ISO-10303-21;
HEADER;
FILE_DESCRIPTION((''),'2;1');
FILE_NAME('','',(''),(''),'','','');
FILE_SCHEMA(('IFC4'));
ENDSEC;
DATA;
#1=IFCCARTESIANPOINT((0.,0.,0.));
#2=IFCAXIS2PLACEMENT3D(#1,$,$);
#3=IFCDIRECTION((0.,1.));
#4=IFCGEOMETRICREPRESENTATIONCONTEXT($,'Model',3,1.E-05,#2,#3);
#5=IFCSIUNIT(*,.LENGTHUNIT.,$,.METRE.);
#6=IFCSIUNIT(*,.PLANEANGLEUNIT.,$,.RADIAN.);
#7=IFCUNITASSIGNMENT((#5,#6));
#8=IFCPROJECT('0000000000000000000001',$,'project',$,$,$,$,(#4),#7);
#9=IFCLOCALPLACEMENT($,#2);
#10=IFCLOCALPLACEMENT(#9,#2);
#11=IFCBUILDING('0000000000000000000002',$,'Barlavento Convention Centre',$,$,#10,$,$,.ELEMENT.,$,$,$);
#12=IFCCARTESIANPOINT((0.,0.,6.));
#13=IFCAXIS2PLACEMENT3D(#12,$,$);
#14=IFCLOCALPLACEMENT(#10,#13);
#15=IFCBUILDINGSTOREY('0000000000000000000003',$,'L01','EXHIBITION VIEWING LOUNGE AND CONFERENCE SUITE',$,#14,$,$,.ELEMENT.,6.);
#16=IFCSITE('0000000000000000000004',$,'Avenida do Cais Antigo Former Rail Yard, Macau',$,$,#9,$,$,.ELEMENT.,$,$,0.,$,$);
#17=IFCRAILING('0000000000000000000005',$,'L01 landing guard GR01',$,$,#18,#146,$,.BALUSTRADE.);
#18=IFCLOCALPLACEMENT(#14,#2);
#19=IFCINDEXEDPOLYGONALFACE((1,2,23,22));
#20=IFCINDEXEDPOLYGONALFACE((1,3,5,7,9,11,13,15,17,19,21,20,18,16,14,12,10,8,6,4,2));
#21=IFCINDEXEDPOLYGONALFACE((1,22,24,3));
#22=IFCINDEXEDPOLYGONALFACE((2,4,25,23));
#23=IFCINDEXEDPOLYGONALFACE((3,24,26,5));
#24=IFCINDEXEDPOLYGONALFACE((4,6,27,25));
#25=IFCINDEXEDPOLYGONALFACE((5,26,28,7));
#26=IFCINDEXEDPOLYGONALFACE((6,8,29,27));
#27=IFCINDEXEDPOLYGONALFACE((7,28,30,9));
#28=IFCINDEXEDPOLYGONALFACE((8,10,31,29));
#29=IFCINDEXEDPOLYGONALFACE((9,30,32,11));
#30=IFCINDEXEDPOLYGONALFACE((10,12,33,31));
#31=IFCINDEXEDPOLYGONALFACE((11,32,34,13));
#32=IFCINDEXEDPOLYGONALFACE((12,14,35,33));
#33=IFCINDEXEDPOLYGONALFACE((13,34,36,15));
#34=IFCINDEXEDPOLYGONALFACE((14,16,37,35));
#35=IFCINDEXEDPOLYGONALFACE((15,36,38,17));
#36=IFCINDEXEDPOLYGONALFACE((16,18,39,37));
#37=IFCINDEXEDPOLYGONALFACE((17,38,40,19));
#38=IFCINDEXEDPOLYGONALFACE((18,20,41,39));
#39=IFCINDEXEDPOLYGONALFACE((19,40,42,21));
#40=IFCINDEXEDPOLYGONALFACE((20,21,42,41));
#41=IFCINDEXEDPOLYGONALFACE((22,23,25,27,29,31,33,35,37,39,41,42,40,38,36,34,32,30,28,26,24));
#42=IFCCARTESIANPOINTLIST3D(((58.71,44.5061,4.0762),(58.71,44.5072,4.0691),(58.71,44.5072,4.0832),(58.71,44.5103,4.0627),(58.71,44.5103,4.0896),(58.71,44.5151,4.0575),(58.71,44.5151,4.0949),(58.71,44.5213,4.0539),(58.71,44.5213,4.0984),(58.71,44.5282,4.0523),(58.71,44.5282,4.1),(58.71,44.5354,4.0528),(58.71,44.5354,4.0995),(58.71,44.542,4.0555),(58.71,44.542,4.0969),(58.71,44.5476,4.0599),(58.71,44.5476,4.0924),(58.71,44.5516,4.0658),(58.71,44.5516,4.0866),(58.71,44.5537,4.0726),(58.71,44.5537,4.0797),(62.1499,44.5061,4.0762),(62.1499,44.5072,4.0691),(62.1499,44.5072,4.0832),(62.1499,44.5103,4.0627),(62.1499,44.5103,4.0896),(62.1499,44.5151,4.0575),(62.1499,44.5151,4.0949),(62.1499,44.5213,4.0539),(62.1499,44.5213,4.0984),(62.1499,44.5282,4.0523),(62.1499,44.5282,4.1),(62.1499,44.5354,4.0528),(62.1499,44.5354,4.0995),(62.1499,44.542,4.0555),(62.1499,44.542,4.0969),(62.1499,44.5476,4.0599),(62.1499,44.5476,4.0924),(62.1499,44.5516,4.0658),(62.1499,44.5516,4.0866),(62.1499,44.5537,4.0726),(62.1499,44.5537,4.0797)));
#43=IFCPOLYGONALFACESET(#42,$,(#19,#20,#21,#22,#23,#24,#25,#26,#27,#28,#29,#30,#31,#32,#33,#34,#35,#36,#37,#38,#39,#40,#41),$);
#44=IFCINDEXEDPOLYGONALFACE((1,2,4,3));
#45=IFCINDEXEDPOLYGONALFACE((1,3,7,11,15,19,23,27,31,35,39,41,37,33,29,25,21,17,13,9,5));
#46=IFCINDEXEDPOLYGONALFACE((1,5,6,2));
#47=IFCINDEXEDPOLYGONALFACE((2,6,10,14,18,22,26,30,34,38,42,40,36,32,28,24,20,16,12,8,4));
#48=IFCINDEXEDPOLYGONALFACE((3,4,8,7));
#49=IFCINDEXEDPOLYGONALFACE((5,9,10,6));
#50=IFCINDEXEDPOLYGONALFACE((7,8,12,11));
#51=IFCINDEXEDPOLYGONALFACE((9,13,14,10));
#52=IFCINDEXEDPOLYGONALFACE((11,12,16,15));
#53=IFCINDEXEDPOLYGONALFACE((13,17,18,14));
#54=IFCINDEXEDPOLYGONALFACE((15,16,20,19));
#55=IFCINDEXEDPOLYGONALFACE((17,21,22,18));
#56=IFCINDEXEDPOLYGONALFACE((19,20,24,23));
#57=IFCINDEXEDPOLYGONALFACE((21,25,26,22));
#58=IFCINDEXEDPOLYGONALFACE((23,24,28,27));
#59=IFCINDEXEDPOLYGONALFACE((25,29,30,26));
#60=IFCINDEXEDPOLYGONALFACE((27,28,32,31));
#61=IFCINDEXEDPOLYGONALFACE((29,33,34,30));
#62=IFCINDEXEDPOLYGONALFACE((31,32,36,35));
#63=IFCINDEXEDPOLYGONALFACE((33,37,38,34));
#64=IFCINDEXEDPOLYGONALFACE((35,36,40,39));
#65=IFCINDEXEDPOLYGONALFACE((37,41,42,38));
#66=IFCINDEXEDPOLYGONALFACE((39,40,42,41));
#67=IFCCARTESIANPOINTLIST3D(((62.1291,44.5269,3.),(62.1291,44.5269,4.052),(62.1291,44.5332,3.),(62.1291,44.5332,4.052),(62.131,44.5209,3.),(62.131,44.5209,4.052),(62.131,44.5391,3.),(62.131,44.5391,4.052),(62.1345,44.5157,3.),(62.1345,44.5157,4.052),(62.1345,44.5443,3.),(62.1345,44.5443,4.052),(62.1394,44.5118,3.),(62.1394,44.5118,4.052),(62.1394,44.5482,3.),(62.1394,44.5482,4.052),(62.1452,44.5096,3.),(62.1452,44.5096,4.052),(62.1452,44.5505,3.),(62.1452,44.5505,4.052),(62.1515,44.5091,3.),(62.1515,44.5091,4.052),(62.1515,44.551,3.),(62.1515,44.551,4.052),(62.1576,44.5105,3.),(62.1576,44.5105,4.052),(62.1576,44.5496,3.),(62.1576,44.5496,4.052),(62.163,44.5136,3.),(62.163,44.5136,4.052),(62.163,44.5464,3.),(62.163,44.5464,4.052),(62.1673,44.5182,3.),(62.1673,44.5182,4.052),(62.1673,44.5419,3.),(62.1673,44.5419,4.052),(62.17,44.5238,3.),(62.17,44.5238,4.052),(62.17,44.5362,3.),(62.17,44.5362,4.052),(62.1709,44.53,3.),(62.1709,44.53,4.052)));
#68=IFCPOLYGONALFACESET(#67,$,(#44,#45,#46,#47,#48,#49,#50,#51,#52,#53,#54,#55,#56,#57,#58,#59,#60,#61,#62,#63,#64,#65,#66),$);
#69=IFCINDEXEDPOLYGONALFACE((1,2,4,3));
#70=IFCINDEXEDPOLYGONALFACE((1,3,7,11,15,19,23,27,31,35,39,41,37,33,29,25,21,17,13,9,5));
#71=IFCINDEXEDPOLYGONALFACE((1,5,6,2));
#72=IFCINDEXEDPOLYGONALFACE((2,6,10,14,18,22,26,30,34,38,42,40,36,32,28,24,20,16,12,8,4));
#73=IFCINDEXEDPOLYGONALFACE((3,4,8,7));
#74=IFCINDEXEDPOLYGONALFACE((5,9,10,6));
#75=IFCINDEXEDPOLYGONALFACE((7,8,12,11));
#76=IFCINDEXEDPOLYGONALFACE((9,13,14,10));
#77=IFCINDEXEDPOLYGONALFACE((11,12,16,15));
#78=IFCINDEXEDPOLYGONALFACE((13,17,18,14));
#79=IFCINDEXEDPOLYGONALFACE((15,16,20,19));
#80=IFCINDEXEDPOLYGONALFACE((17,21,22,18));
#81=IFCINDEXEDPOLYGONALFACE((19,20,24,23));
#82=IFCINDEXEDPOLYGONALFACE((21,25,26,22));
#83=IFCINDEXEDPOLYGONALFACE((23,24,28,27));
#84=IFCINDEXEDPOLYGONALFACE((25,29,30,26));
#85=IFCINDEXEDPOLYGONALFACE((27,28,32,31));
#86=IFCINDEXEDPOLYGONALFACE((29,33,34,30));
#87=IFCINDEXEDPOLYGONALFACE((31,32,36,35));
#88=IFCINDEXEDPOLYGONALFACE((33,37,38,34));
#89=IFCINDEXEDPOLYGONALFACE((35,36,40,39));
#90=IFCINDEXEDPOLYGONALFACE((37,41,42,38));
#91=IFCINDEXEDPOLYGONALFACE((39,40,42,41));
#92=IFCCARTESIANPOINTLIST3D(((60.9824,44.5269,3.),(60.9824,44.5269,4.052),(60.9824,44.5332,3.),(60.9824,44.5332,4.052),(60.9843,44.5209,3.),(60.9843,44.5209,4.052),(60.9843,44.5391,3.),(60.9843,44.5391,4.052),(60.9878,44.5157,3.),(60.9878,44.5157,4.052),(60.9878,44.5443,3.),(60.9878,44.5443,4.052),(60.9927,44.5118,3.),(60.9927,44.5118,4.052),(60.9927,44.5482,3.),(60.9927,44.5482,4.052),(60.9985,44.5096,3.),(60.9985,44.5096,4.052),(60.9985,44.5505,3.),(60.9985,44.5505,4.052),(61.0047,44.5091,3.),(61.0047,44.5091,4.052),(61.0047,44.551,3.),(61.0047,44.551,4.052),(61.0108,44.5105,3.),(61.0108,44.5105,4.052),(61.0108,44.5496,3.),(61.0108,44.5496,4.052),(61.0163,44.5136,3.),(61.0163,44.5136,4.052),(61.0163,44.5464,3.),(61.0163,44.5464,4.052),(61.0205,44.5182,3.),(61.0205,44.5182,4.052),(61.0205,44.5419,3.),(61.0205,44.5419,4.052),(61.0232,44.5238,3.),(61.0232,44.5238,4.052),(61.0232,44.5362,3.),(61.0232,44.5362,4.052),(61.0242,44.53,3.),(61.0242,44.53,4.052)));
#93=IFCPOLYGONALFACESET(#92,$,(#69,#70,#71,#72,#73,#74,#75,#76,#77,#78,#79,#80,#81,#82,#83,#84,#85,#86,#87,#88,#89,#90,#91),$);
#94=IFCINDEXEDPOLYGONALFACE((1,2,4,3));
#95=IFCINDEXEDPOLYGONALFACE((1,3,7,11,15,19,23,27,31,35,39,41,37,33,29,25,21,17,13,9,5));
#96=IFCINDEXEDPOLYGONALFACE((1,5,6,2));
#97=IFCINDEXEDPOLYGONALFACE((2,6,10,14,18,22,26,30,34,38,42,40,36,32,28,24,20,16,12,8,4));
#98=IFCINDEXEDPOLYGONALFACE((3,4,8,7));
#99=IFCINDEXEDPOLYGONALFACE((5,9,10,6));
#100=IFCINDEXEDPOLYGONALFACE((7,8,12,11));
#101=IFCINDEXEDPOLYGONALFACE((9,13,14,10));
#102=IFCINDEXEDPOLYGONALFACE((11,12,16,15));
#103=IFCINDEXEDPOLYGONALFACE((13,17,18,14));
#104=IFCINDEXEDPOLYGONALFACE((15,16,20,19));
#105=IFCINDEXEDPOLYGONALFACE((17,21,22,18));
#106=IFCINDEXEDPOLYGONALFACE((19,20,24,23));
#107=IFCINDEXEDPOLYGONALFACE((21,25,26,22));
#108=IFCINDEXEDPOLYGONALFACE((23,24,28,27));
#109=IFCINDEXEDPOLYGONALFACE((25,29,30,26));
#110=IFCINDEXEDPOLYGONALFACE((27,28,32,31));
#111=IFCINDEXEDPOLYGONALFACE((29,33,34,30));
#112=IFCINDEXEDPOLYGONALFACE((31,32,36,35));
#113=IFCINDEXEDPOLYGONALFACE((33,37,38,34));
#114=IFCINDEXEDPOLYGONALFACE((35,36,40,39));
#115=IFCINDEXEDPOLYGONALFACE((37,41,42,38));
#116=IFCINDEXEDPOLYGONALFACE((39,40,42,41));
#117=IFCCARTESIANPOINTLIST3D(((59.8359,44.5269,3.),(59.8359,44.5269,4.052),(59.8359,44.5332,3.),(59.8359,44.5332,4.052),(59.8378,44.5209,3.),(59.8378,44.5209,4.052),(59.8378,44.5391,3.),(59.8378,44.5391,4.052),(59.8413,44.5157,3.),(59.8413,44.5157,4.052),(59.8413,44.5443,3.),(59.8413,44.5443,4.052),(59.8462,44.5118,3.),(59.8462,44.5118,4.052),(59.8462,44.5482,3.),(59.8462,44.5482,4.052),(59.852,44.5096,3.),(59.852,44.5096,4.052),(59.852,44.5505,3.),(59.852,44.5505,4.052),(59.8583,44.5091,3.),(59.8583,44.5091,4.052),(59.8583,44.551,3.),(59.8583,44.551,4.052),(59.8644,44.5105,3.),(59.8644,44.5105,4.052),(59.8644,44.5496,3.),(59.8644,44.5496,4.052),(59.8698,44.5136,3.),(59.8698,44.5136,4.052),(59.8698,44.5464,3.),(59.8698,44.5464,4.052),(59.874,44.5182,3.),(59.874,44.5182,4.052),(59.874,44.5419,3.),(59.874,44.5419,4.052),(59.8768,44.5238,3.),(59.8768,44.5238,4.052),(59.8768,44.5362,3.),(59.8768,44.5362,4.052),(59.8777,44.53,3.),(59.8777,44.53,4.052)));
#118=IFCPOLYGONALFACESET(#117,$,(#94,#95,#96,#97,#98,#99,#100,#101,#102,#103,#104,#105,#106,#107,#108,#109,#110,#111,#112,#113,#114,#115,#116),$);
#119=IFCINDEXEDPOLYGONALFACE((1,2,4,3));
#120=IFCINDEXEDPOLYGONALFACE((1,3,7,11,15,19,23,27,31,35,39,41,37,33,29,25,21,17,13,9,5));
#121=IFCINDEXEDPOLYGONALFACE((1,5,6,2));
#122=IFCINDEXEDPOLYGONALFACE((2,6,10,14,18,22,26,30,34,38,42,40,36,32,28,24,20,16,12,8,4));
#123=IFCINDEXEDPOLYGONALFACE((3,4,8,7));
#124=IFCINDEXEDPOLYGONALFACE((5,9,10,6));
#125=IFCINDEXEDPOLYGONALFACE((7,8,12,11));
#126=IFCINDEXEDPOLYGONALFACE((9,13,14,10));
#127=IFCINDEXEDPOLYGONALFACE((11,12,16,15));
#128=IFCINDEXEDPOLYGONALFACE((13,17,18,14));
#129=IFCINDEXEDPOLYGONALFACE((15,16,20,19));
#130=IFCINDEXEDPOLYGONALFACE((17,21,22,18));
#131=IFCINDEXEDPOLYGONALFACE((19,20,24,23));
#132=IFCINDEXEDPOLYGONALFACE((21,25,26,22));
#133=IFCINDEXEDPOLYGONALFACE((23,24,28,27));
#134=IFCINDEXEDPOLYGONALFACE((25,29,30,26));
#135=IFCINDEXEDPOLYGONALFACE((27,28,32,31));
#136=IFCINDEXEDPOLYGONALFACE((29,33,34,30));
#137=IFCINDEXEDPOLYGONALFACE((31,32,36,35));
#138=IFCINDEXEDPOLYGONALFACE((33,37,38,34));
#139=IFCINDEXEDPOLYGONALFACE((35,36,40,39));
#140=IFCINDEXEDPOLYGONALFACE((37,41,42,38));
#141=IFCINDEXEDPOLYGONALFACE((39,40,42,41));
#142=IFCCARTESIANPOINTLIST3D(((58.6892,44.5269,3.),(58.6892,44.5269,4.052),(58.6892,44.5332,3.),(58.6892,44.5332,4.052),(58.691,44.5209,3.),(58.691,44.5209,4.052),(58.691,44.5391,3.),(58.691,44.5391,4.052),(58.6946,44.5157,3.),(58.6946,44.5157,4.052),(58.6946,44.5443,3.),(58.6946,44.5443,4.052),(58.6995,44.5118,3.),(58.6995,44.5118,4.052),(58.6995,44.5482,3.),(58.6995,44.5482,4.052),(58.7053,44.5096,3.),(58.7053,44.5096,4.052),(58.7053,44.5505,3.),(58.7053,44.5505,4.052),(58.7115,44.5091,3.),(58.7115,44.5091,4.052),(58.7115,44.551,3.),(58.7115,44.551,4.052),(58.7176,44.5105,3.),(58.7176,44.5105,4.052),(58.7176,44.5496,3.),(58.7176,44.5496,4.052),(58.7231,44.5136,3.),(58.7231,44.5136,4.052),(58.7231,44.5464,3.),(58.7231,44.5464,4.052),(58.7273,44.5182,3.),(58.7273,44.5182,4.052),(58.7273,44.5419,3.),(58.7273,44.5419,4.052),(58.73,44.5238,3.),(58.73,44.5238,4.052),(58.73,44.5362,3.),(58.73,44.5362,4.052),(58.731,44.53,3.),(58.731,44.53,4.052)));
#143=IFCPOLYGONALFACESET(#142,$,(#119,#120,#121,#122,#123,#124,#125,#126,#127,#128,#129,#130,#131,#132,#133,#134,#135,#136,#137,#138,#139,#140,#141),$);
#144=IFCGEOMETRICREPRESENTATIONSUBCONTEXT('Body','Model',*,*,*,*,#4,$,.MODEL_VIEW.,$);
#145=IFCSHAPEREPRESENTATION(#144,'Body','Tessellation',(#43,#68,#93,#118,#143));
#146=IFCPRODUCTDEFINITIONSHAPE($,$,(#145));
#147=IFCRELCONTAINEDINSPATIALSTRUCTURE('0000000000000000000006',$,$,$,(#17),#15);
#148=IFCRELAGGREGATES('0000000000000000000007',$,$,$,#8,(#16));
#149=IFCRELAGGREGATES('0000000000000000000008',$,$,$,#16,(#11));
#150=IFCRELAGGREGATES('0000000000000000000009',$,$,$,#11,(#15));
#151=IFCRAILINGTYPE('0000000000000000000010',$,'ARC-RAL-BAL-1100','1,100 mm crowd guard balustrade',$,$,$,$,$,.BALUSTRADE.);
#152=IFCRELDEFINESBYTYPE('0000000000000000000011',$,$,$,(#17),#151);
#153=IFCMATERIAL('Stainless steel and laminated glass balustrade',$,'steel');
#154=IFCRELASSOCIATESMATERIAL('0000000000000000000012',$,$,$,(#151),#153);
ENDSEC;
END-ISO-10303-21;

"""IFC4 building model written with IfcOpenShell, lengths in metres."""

from ifc_helpers import new_model, si_unit, direction, frame, origin, origin_2d, place, context, subcontext, project, spatial, circle, extrude, material, type_object, element, save


model = new_model("IFC4")

# Units and contexts
model_context = context("Model", 3, precision=1e-05, world=origin(), true_north=direction((0.0, 1.0)))
body_context = subcontext(model_context, "Body", "Model", "MODEL_VIEW")
ifc_project = project(units=[si_unit("LENGTHUNIT", "METRE"), si_unit("PLANEANGLEUNIT", "RADIAN")], contexts=[model_context])

# Site, building, storey
site_placement = place(None, origin())
site = spatial("IfcSite", under=ifc_project, at=site_placement, Name="Avenida do Cais Antigo Former Rail Yard, Macau", CompositionType="ELEMENT", RefElevation=0.0)
building_placement = place(site_placement, origin())
building = spatial("IfcBuilding", under=site, at=building_placement, Name="Barlavento Convention Centre", CompositionType="ELEMENT")
storey_placement = place(building_placement, frame((0.0, 0.0, 6.0)))
storey = spatial("IfcBuildingStorey", under=building, at=storey_placement, Name="L01", Description="EXHIBITION VIEWING LOUNGE AND CONFERENCE SUITE", CompositionType="ELEMENT", Elevation=6.0)

# Railing
ifc_material_1 = material(Name="Stainless steel and laminated glass balustrade", Category="steel")
railing_type_1 = type_object("IfcRailingType", Name="ARC-RAL-BAL-1100", Description="1,100 mm crowd guard balustrade", PredefinedType="BALUSTRADE", material=ifc_material_1)
railing_1_placement = place(storey_placement, frame((62.1499, 44.53, 3.0)))
element("IfcRailing", 1, at=railing_1_placement, inside=storey, type_object=railing_type_1, Name="L01 landing guard GR01", PredefinedType="BALUSTRADE", context=body_context, shape_type="SweptSolid", body=[
    extrude(circle(Radius=0.0239, at=origin_2d()), frame((0.0, 0.0, 1.0762), z_axis=(-1.0, 0.0, 0.0), x_axis=(0.0, -1.0, 0.0)), (0.0, 0.0, 1.0), 3.4399),
    extrude(circle(Radius=0.021, at=origin_2d()), origin(), (0.0, 0.0, 1.0), 1.052),
    extrude(circle(Radius=0.021, at=origin_2d()), frame((-1.1467, 0.0, 0.0)), (0.0, 0.0, 1.0), 1.052),
    extrude(circle(Radius=0.021, at=origin_2d()), frame((-2.2932, 0.0, 0.0)), (0.0, 0.0, 1.0), 1.052),
    extrude(circle(Radius=0.021, at=origin_2d()), frame((-3.4399, 0.0, 0.0)), (0.0, 0.0, 1.0), 1.052),
])

save(model, "model.ifc")
